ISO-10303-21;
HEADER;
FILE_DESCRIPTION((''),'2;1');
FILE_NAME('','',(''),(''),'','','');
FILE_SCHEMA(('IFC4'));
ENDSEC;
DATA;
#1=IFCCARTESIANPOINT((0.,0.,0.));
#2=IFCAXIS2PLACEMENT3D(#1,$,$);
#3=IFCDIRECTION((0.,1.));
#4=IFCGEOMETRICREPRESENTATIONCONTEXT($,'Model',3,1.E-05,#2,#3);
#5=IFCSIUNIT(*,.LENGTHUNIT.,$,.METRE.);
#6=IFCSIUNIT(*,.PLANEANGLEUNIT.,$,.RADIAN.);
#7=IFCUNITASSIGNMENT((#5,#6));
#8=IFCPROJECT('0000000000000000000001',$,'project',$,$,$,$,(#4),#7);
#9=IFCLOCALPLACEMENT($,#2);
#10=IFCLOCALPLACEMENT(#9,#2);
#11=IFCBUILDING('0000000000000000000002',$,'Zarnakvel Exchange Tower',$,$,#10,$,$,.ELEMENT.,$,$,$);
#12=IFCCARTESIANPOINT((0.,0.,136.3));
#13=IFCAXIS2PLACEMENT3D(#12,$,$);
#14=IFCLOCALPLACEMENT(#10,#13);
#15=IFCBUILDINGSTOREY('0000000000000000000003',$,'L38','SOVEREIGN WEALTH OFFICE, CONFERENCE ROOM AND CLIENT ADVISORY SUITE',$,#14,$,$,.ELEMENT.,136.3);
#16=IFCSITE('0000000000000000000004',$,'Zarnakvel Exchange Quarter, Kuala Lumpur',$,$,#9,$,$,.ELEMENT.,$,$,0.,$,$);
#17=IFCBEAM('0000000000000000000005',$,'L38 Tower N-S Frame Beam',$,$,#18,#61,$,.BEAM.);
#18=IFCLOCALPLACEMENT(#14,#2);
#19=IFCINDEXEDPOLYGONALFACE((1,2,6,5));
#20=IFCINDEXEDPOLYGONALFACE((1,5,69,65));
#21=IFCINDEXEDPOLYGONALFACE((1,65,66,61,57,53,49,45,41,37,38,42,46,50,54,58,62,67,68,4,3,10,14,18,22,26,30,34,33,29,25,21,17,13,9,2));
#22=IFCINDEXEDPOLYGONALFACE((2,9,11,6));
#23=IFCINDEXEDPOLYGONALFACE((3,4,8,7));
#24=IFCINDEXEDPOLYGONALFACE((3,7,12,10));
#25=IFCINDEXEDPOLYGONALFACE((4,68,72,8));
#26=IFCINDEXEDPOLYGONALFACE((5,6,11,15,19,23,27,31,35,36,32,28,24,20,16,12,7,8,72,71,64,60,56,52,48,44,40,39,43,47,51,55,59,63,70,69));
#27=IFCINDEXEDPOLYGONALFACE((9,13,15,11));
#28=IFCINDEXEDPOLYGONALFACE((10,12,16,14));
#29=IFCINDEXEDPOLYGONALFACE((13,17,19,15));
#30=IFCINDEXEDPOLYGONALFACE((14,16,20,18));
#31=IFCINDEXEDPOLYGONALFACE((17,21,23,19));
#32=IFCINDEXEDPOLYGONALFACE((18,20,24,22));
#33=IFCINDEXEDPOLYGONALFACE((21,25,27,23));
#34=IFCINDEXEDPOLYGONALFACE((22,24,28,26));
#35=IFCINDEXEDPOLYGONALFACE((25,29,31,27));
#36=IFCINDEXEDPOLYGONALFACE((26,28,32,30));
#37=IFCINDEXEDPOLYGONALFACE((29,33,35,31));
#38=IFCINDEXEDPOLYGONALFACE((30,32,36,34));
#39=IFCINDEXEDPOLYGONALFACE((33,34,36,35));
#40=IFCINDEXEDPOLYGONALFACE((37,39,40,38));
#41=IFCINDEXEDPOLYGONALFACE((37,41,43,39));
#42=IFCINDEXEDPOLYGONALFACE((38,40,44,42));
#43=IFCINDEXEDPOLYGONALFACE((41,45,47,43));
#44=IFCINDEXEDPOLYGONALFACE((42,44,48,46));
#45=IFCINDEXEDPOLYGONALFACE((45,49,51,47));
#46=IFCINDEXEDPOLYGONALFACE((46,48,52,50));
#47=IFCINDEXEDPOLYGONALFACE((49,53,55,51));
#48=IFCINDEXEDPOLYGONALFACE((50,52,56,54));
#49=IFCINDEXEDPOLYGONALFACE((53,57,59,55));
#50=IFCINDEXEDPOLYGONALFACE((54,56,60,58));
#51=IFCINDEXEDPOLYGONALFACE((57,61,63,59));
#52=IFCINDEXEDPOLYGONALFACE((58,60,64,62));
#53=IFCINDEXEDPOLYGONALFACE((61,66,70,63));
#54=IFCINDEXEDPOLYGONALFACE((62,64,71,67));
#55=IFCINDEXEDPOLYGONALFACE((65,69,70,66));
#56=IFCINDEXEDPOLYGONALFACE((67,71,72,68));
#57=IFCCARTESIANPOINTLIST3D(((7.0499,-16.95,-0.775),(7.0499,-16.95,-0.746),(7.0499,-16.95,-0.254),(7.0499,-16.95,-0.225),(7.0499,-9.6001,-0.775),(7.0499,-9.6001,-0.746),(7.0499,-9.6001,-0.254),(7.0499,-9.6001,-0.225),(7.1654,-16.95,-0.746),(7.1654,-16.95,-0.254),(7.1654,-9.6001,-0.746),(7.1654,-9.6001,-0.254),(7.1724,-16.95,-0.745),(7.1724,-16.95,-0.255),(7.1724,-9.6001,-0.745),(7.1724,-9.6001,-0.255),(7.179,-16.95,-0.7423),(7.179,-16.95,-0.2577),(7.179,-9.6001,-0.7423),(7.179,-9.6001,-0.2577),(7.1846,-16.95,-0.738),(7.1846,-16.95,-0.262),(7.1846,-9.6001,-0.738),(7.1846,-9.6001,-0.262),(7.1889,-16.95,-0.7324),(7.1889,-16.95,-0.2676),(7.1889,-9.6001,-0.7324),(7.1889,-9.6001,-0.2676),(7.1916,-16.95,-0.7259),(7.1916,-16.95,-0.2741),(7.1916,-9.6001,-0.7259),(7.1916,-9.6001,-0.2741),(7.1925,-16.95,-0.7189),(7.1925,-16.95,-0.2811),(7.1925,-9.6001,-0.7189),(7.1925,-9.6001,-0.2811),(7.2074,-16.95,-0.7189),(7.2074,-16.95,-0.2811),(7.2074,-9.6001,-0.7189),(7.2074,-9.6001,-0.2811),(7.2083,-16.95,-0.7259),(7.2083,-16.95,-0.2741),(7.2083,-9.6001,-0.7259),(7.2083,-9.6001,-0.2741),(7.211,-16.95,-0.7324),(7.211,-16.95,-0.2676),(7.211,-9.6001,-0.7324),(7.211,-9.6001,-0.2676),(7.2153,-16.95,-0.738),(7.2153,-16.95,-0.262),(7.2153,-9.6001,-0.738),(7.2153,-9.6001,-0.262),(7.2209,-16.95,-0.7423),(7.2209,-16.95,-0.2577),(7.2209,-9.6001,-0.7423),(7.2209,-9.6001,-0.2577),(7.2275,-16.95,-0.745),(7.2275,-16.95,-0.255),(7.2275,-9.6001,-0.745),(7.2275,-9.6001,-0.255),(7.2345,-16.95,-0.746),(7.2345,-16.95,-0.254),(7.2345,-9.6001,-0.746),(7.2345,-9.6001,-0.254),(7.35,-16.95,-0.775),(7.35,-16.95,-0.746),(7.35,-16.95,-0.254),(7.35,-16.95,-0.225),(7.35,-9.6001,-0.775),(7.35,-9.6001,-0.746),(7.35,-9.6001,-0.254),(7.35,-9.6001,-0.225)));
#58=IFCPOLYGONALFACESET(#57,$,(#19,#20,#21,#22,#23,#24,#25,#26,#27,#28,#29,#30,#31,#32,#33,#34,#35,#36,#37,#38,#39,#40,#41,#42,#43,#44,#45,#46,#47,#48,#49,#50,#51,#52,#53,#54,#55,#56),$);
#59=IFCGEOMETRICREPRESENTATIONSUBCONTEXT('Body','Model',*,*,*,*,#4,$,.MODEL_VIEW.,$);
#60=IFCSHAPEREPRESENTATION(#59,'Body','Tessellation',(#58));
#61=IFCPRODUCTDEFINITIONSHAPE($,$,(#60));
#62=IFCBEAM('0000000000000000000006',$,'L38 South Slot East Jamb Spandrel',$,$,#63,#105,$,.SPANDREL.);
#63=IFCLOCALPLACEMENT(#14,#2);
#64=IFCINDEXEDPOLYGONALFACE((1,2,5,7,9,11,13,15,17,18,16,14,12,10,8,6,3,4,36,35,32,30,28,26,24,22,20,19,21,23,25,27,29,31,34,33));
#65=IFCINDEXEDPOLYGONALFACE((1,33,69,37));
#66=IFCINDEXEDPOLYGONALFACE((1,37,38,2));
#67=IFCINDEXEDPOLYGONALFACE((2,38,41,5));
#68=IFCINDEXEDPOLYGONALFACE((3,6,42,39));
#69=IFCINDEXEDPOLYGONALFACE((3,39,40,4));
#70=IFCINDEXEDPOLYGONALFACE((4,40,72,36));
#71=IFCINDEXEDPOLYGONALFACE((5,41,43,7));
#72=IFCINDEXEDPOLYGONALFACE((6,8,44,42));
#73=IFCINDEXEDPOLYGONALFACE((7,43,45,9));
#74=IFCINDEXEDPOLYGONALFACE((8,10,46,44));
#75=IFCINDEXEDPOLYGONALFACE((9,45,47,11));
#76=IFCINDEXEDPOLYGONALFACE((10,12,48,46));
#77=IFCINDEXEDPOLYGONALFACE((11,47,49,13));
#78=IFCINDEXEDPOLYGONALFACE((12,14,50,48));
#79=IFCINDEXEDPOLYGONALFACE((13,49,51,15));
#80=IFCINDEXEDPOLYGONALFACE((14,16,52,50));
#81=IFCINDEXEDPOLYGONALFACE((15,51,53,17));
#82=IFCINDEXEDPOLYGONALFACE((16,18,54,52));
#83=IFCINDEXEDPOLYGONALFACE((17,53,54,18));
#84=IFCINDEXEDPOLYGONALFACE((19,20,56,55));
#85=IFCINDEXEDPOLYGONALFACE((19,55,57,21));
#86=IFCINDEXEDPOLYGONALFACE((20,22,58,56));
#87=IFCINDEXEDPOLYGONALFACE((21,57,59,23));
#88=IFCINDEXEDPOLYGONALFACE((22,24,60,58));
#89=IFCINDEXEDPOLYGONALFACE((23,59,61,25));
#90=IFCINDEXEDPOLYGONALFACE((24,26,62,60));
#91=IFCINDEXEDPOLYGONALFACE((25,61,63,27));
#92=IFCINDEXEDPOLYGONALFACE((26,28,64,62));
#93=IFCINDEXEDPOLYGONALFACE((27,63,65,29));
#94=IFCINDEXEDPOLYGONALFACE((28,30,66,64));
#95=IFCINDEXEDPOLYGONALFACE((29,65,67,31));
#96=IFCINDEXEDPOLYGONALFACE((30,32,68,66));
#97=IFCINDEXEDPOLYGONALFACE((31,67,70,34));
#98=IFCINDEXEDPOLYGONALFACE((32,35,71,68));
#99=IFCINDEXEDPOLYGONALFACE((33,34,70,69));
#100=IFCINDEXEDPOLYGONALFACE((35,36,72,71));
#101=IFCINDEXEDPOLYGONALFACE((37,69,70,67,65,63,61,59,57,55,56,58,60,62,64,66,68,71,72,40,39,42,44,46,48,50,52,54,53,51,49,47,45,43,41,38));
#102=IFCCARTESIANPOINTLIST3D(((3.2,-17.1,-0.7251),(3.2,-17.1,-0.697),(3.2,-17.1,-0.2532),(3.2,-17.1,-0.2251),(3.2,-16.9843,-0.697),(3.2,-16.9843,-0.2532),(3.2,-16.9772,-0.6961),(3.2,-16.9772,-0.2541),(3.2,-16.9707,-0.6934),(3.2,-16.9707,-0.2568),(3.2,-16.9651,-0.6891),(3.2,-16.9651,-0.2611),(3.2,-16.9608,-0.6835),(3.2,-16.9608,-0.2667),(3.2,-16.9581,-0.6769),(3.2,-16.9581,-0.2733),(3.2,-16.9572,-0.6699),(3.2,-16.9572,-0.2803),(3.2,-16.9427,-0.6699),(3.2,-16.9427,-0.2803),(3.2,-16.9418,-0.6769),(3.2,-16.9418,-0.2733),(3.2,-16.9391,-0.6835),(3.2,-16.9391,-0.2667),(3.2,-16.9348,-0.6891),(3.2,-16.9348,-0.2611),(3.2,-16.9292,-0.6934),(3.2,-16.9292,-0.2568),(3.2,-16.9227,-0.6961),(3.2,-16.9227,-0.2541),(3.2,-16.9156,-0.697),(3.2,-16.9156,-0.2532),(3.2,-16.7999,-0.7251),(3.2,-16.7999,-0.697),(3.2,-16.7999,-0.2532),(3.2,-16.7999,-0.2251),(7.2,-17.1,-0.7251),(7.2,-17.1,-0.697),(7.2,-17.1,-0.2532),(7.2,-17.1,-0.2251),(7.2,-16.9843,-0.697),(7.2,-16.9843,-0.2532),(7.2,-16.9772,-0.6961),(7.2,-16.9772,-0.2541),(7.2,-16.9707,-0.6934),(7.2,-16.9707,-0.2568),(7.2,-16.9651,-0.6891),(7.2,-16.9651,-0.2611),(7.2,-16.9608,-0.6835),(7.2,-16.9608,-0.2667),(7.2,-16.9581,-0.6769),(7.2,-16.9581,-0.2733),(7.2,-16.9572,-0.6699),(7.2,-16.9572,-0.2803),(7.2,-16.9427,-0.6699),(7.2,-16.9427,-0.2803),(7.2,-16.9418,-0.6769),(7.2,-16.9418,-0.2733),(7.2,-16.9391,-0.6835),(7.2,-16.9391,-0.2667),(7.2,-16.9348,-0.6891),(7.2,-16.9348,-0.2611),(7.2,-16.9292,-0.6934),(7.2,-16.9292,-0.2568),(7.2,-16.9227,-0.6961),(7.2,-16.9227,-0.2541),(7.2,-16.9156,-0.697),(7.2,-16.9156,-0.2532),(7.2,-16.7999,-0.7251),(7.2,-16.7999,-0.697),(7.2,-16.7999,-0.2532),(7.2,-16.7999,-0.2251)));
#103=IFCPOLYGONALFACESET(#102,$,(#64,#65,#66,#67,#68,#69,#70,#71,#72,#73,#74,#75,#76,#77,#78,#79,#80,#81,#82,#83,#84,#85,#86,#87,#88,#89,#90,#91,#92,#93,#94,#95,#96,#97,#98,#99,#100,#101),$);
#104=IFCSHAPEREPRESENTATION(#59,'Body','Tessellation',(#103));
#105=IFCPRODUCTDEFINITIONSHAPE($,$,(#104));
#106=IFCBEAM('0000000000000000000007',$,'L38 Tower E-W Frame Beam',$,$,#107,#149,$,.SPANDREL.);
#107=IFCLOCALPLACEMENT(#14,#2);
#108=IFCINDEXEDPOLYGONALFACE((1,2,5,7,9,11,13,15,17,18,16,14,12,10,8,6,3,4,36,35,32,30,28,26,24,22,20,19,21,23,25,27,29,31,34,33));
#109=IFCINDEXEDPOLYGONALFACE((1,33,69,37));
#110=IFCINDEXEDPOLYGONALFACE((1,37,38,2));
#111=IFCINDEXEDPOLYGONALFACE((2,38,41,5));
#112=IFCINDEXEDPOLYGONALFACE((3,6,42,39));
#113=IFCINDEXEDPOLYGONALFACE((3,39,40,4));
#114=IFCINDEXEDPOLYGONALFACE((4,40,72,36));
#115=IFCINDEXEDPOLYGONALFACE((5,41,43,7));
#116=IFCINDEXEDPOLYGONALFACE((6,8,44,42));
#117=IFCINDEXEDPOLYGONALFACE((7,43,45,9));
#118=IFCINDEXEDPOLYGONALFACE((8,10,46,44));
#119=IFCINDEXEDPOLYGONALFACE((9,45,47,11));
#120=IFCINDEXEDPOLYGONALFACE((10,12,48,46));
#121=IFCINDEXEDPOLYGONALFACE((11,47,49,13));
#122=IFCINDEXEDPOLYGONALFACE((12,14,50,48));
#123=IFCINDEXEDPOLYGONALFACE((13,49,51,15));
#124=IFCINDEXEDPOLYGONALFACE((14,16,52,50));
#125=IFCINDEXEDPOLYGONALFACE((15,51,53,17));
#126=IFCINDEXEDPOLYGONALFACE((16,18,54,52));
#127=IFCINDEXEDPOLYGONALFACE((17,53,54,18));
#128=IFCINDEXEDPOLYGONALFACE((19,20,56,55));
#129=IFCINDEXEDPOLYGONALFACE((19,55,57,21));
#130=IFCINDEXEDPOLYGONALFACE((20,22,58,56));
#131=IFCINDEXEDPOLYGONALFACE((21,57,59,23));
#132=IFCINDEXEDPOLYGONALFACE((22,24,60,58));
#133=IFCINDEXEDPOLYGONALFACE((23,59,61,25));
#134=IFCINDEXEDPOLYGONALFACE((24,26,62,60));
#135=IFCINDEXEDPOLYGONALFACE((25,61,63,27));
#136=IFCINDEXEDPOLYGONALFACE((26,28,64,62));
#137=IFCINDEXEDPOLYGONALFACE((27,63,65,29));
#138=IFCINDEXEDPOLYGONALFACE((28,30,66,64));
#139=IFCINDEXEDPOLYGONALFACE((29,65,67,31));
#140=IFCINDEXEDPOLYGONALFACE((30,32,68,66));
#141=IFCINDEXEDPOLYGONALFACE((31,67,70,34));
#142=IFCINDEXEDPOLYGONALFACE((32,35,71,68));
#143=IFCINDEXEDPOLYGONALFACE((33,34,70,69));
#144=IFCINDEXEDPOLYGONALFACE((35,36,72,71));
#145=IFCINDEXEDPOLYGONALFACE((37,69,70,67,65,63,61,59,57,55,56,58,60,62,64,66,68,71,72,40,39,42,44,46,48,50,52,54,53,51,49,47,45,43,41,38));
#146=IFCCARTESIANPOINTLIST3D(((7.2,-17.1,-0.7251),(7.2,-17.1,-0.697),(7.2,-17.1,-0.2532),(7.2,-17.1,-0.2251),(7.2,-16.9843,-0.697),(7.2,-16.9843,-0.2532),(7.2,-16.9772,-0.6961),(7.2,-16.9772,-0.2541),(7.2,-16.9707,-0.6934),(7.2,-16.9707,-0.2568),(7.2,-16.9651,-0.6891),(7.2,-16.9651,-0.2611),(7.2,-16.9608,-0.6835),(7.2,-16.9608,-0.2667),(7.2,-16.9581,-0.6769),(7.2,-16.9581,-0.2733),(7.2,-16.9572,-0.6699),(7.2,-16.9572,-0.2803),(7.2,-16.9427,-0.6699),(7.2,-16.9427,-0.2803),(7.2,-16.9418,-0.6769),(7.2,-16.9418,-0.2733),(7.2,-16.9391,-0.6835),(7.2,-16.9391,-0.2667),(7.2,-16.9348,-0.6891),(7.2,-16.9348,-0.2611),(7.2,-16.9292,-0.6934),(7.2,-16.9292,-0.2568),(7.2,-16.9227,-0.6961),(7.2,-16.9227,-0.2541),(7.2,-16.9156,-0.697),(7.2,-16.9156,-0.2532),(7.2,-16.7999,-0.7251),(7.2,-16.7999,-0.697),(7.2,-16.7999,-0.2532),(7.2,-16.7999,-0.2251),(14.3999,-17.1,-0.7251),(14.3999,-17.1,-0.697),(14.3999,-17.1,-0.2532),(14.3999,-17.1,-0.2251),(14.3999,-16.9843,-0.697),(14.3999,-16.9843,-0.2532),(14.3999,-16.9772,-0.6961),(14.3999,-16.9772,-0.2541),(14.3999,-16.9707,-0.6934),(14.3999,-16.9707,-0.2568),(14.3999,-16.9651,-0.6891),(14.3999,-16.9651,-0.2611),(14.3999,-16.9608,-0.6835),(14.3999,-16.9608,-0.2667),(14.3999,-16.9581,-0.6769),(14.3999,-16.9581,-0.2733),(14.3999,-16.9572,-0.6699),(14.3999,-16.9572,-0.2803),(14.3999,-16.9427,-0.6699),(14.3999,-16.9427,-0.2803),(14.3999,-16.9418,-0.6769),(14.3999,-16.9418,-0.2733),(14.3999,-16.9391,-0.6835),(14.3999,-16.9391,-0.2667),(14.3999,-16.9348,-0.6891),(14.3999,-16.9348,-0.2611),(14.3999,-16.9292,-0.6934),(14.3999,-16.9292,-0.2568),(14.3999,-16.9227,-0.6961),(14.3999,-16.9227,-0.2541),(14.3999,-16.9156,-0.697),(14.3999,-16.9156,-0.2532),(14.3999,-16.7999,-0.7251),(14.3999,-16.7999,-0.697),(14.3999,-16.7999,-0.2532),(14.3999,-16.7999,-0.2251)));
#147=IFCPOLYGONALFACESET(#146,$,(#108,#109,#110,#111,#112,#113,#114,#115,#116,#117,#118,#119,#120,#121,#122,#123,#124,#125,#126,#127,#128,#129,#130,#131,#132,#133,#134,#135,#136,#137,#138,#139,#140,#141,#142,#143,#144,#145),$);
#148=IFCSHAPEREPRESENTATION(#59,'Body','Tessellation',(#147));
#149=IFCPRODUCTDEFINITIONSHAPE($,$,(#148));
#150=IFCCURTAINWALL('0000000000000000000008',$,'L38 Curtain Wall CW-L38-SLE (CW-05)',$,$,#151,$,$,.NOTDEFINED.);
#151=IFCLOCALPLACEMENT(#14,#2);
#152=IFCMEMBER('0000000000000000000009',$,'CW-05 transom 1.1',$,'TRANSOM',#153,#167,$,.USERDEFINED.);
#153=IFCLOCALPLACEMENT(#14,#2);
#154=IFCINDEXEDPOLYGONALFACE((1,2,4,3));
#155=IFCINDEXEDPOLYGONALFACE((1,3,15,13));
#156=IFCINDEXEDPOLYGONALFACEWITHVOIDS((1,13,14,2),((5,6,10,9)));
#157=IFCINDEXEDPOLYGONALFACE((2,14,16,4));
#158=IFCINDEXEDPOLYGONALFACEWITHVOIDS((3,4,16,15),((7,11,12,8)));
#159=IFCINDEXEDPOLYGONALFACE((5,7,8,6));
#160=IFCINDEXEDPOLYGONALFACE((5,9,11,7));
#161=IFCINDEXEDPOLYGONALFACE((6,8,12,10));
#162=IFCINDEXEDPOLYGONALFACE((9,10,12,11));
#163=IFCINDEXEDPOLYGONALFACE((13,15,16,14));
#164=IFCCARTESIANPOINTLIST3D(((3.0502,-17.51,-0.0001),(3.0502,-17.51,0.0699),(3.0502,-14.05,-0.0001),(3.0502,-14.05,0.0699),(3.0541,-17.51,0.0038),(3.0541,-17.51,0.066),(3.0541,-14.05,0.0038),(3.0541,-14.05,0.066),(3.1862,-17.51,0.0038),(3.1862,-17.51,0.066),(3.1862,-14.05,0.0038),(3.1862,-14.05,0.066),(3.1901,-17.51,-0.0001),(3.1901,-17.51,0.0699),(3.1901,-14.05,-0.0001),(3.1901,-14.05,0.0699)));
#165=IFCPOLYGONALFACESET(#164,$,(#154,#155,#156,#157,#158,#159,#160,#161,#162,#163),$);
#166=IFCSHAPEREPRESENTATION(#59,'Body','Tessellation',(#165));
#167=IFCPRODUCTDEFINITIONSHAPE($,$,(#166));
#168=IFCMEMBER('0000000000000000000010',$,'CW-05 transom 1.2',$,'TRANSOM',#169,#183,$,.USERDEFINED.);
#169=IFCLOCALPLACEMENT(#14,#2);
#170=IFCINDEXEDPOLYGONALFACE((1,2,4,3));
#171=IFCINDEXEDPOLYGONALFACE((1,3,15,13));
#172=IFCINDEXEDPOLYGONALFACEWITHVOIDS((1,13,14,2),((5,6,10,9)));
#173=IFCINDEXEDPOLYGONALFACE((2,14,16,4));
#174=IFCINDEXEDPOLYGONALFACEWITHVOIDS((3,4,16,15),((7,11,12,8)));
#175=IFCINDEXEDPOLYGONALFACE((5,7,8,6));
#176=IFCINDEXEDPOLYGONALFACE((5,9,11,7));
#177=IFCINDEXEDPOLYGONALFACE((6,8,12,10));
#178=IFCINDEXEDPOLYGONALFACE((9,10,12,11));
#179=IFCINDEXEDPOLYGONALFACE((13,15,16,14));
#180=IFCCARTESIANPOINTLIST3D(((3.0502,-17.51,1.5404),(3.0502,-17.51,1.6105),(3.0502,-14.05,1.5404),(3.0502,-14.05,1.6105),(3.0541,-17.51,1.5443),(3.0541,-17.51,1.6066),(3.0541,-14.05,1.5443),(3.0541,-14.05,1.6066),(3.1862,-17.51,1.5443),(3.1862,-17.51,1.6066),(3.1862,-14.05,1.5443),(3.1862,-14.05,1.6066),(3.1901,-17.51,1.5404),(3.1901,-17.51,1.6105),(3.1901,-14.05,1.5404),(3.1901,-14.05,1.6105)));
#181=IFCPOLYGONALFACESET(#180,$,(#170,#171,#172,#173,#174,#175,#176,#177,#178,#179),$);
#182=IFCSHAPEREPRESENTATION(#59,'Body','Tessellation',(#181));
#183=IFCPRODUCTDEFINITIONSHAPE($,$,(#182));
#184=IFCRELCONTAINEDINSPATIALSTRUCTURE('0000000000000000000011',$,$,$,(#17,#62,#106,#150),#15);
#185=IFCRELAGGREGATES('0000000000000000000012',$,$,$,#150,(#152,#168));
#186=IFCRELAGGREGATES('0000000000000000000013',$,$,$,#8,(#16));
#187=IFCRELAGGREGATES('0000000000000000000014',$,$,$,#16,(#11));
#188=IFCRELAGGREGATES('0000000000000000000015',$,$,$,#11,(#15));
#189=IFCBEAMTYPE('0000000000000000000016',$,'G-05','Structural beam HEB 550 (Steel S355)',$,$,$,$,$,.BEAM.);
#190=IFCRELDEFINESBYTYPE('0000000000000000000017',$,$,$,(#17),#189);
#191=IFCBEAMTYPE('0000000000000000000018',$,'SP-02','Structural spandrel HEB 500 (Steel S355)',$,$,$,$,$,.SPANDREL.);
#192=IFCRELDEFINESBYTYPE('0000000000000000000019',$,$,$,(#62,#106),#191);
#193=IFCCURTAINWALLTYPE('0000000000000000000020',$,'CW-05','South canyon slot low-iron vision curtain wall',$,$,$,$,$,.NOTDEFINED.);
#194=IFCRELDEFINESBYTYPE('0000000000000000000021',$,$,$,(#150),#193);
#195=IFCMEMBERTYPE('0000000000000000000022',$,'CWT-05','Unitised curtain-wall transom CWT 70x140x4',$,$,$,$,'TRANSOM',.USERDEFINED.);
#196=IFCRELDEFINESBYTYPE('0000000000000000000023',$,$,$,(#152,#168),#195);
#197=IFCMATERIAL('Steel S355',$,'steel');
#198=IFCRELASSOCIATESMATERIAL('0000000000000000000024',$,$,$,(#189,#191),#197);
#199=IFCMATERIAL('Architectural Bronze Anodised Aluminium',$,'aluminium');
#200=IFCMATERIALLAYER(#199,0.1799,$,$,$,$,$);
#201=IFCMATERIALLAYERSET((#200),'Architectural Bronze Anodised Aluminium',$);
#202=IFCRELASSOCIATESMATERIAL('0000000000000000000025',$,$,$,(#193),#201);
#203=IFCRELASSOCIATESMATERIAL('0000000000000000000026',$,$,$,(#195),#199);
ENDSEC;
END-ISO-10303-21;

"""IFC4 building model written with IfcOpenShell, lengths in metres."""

from ifc_helpers import new_model, si_unit, direction, frame, origin, origin_2d, place, context, subcontext, project, spatial, hollow_rectangle, i_section, extrude, source, transform, mapped, material, layer, layer_set, material_profile, profile_set, type_object, element, aggregate, save


model = new_model("IFC4")

# Units and contexts
model_context = context("Model", 3, precision=1e-05, world=origin(), true_north=direction((0.0, 1.0)))
body_context = subcontext(model_context, "Body", "Model", "MODEL_VIEW")
ifc_project = project(units=[si_unit("LENGTHUNIT", "METRE"), si_unit("PLANEANGLEUNIT", "RADIAN")], contexts=[model_context])

# Site, building, storey
site_placement = place(None, origin())
site = spatial("IfcSite", under=ifc_project, at=site_placement, Name="Zarnakvel Exchange Quarter, Kuala Lumpur", CompositionType="ELEMENT", RefElevation=0.0)
building_placement = place(site_placement, origin())
building = spatial("IfcBuilding", under=site, at=building_placement, Name="Zarnakvel Exchange Tower", CompositionType="ELEMENT")
storey_placement = place(building_placement, frame((0.0, 0.0, 136.3)))
storey = spatial("IfcBuildingStorey", under=building, at=storey_placement, Name="L38", Description="SOVEREIGN WEALTH OFFICE, CONFERENCE ROOM AND CLIENT ADVISORY SUITE", CompositionType="ELEMENT", Elevation=136.3)

# Beams
ifc_material_1 = material(Name="Steel S355", Category="steel")
ifc_material_profile_1 = material_profile(ifc_material_1, i_section(OverallWidth=0.3, OverallDepth=0.55, WebThickness=0.0149, FlangeThickness=0.0291, FilletRadius=0.0271, at=origin_2d()))
ifc_profile_set_1 = profile_set([ifc_material_profile_1], Name="Steel S355")
beam_type_1 = type_object("IfcBeamType", Name="G-05", Description="Structural beam HEB 550 (Steel S355)", PredefinedType="BEAM", material=ifc_profile_set_1)
beam_1_placement = place(storey_placement, frame((7.2, -16.95, -0.5), z_axis=(0.0, 1.0, 0.0), x_axis=(-1.0, 0.0, 0.0)))
element("IfcBeam", 1, at=beam_1_placement, inside=storey, type_object=beam_type_1, Name="L38 Tower N-S Frame Beam", PredefinedType="BEAM", context=body_context, shape_type="SweptSolid", body=[
    extrude(i_section(OverallWidth=0.3, OverallDepth=0.55, WebThickness=0.0149, FlangeThickness=0.0291, FilletRadius=0.0271, at=origin_2d()), origin(), (0.0, 0.0, 1.0), 7.3499),
])
ifc_material_profile_2 = material_profile(ifc_material_1, i_section(OverallWidth=0.3, OverallDepth=0.5, WebThickness=0.0144, FlangeThickness=0.0281, FilletRadius=0.0271, at=origin_2d()))
ifc_profile_set_2 = profile_set([ifc_material_profile_2], Name="Steel S355")
beam_type_2 = type_object("IfcBeamType", Name="SP-02", Description="Structural spandrel HEB 500 (Steel S355)", PredefinedType="SPANDREL", material=ifc_profile_set_2)
beam_2_placement = place(storey_placement, frame((3.2, -16.95, -0.4751), z_axis=(1.0, 0.0, 0.0), x_axis=(0.0, 1.0, 0.0)))
element("IfcBeam", 2, at=beam_2_placement, inside=storey, type_object=beam_type_2, Name="L38 South Slot East Jamb Spandrel", PredefinedType="SPANDREL", context=body_context, shape_type="SweptSolid", body=[
    extrude(i_section(OverallWidth=0.3, OverallDepth=0.5, WebThickness=0.0144, FlangeThickness=0.0281, FilletRadius=0.0271, at=origin_2d()), origin(), (0.0, 0.0, 1.0), 4.0),
])
beam_3_placement = place(storey_placement, frame((7.2, -16.95, -0.4751), z_axis=(1.0, 0.0, 0.0), x_axis=(0.0, 1.0, 0.0)))
element("IfcBeam", 3, at=beam_3_placement, inside=storey, type_object=beam_type_2, Name="L38 Tower E-W Frame Beam", PredefinedType="SPANDREL", context=body_context, shape_type="SweptSolid", body=[
    extrude(i_section(OverallWidth=0.3, OverallDepth=0.5, WebThickness=0.0144, FlangeThickness=0.0281, FilletRadius=0.0271, at=origin_2d()), origin(), (0.0, 0.0, 1.0), 7.2),
])

# Curtain wall, members
ifc_material_2 = material(Name="Architectural Bronze Anodised Aluminium", Category="aluminium")
ifc_layer_1 = layer(ifc_material_2, 0.1799)
ifc_layer_set_1 = layer_set([ifc_layer_1], Name="Architectural Bronze Anodised Aluminium")
curtain_wall_type = type_object("IfcCurtainWallType", Name="CW-05", Description="South canyon slot low-iron vision curtain wall", PredefinedType="NOTDEFINED", material=ifc_layer_set_1)
curtain_wall_1_placement = place(storey_placement, origin())
curtain_wall_1 = element("IfcCurtainWall", 4, at=curtain_wall_1_placement, inside=storey, type_object=curtain_wall_type, Name="L38 Curtain Wall CW-L38-SLE (CW-05)", PredefinedType="NOTDEFINED")
ifc_material_profile_3 = material_profile(ifc_material_2, hollow_rectangle(XDim=0.1399, YDim=0.0701, WallThickness=0.0039, at=origin_2d()))
ifc_profile_set_3 = profile_set([ifc_material_profile_3], Name="Architectural Bronze Anodised Aluminium")
member_type_1 = type_object("IfcMemberType", Name="CWT-05", Description="Unitised curtain-wall transom CWT 70x140x4", ElementType="TRANSOM", PredefinedType="USERDEFINED", material=ifc_profile_set_3)
shared_shape_1 = source(origin(), body_context, "Body", "SweptSolid", [
    extrude(hollow_rectangle(XDim=0.1399, YDim=0.0701, WallThickness=0.0039, at=origin_2d()), origin(), (0.0, 0.0, 1.0), 3.46),
])
member_1_placement = place(storey_placement, frame((3.1201, -14.05, 0.0349), z_axis=(0.0, -1.0, 0.0), x_axis=(1.0, 0.0, 0.0)))
member_1 = element("IfcMember", 5, at=member_1_placement, type_object=member_type_1, Name="CW-05 transom 1.1", ObjectType="TRANSOM", PredefinedType="USERDEFINED", context=body_context, shape_type="MappedRepresentation", body=[
    mapped(shared_shape_1, transform((0.0, 0.0, 0.0), x_axis=(1.0, 0.0, 0.0), y_axis=(0.0, 1.0, 0.0), z_axis=(0.0, 0.0, 1.0), scale=1.0)),
])
member_2_placement = place(storey_placement, frame((3.1201, -14.05, 1.5754), z_axis=(0.0, -1.0, 0.0), x_axis=(1.0, 0.0, 0.0)))
member_2 = element("IfcMember", 6, at=member_2_placement, type_object=member_type_1, Name="CW-05 transom 1.2", ObjectType="TRANSOM", PredefinedType="USERDEFINED", context=body_context, shape_type="MappedRepresentation", body=[
    mapped(shared_shape_1, transform((0.0, 0.0, 0.0), x_axis=(1.0, 0.0, 0.0), y_axis=(0.0, 1.0, 0.0), z_axis=(0.0, 0.0, 1.0), scale=1.0)),
])

aggregate(curtain_wall_1, [member_1, member_2])

save(model, "model.ifc")
